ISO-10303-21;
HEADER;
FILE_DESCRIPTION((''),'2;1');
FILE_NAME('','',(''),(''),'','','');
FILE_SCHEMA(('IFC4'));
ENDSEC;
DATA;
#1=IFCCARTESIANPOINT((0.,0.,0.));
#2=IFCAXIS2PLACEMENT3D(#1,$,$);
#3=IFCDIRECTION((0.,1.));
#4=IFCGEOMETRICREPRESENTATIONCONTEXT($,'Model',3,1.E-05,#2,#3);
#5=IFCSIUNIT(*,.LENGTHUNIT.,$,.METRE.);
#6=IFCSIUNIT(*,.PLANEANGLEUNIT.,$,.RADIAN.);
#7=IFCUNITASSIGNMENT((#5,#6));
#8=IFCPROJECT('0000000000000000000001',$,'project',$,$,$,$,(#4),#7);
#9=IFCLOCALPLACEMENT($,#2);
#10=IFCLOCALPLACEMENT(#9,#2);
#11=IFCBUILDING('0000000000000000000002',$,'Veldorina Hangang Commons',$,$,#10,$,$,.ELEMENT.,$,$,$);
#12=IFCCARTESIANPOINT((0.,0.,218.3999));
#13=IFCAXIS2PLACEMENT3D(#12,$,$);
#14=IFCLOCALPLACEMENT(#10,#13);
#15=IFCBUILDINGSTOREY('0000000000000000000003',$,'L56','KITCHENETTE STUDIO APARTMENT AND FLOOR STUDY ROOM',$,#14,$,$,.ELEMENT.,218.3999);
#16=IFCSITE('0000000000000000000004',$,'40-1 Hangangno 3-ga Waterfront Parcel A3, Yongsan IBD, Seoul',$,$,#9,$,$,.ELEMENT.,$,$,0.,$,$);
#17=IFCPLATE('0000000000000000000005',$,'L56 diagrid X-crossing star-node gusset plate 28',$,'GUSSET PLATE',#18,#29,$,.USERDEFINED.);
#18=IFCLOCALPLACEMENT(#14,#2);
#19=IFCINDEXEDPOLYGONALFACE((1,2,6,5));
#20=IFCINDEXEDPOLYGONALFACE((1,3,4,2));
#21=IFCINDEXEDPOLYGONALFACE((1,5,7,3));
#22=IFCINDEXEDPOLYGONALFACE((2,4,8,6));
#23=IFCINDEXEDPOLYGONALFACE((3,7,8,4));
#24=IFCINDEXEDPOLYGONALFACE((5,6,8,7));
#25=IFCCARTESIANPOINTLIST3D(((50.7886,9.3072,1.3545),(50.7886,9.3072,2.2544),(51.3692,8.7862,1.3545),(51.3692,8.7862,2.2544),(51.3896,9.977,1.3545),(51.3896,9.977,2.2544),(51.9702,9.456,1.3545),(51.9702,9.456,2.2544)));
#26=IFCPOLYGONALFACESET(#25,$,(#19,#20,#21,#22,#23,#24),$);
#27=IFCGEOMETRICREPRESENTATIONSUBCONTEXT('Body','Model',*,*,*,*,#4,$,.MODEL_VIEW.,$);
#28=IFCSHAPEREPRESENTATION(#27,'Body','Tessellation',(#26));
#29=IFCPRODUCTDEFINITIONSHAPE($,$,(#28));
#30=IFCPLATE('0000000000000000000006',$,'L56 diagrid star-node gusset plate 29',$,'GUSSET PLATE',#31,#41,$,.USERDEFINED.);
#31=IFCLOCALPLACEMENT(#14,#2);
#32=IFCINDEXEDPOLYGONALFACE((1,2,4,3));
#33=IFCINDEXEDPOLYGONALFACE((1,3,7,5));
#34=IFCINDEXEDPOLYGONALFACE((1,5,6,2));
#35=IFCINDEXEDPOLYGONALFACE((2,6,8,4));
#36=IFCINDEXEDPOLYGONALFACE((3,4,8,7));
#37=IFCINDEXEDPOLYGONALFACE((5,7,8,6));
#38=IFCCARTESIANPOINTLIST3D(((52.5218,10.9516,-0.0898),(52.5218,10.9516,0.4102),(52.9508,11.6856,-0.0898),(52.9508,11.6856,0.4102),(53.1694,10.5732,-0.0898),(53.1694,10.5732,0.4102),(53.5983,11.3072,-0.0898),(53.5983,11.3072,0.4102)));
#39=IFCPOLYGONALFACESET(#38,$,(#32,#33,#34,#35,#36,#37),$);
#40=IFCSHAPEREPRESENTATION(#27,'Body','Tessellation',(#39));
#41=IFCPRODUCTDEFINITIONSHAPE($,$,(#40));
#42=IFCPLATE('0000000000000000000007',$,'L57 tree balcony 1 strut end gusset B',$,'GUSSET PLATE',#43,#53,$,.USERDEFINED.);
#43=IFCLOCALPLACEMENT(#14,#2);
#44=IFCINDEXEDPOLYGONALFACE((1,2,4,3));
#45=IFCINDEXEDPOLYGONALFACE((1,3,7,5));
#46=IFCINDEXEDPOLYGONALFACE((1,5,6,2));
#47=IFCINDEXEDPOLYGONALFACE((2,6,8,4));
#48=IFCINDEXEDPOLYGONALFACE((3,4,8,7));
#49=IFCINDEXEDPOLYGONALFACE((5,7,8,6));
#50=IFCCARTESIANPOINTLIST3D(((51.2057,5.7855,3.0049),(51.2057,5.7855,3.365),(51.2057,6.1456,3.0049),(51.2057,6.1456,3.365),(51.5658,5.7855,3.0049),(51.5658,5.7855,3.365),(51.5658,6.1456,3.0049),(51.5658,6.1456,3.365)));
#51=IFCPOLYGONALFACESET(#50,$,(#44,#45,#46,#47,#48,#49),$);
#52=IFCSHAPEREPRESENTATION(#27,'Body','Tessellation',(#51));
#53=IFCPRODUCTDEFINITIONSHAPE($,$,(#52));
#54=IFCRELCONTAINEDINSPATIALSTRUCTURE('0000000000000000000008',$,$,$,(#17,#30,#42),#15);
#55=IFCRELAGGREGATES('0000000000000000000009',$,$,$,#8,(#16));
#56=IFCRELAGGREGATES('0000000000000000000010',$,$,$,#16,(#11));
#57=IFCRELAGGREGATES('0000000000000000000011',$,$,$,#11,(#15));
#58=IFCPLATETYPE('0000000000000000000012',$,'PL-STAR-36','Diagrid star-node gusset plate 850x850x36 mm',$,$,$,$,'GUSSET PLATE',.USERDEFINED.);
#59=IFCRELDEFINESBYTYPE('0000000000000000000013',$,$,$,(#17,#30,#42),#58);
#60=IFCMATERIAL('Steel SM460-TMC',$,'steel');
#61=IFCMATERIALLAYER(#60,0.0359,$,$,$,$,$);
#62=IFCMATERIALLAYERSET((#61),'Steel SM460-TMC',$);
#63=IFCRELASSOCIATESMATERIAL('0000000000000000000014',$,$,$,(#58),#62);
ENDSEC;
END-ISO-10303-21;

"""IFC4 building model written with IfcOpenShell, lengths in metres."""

from ifc_helpers import new_model, si_unit, direction, frame, origin, origin_2d, place, context, subcontext, project, spatial, rectangle, extrude, material, layer, layer_set, type_object, element, save


model = new_model("IFC4")

# Units and contexts
model_context = context("Model", 3, precision=1e-05, world=origin(), true_north=direction((0.0, 1.0)))
body_context = subcontext(model_context, "Body", "Model", "MODEL_VIEW")
ifc_project = project(units=[si_unit("LENGTHUNIT", "METRE"), si_unit("PLANEANGLEUNIT", "RADIAN")], contexts=[model_context])

# Site, building, storey
site_placement = place(None, origin())
site = spatial("IfcSite", under=ifc_project, at=site_placement, Name="40-1 Hangangno 3-ga Waterfront Parcel A3, Yongsan IBD, Seoul", CompositionType="ELEMENT", RefElevation=0.0)
building_placement = place(site_placement, origin())
building = spatial("IfcBuilding", under=site, at=building_placement, Name="Veldorina Hangang Commons", CompositionType="ELEMENT")
storey_placement = place(building_placement, frame((0.0, 0.0, 218.3999)))
storey = spatial("IfcBuildingStorey", under=building, at=storey_placement, Name="L56", Description="KITCHENETTE STUDIO APARTMENT AND FLOOR STUDY ROOM", CompositionType="ELEMENT", Elevation=218.3999)

# Plates
ifc_material_1 = material(Name="Steel SM460-TMC", Category="steel")
ifc_layer_1 = layer(ifc_material_1, 0.0359)
ifc_layer_set_1 = layer_set([ifc_layer_1], Name="Steel SM460-TMC")
plate_type_1 = type_object("IfcPlateType", Name="PL-STAR-36", Description="Diagrid star-node gusset plate 850x850x36 mm", ElementType="GUSSET PLATE", PredefinedType="USERDEFINED", material=ifc_layer_set_1)
plate_1_placement = place(storey_placement, frame((51.3794, 9.3816, 1.3545), z_axis=(0.0, 0.0, 1.0), x_axis=(0.667833, 0.744312, 0.0)))
element("IfcPlate", 1, at=plate_1_placement, inside=storey, type_object=plate_type_1, Name="L56 diagrid X-crossing star-node gusset plate 28", ObjectType="GUSSET PLATE", PredefinedType="USERDEFINED", context=body_context, shape_type="SweptSolid", body=[
    extrude(rectangle(XDim=0.8999, YDim=0.78, at=origin_2d()), origin(), (0.0, 0.0, 1.0), 0.8999),
])
plate_2_placement = place(storey_placement, frame((53.0601, 11.1294, -0.0898), z_axis=(0.0, 0.0, 1.0), x_axis=(0.504573, 0.863369, 0.0)))
element("IfcPlate", 2, at=plate_2_placement, inside=storey, type_object=plate_type_1, Name="L56 diagrid star-node gusset plate 29", ObjectType="GUSSET PLATE", PredefinedType="USERDEFINED", context=body_context, shape_type="SweptSolid", body=[
    extrude(rectangle(XDim=0.8501, YDim=0.75, at=origin_2d()), origin(), (0.0, 0.0, 1.0), 0.5),
])
plate_3_placement = place(storey_placement, frame((51.3857, 5.9656, 3.0049), z_axis=(0.0, 0.0, 1.0), x_axis=(1.0, 0.0, 0.0)))
element("IfcPlate", 3, at=plate_3_placement, inside=storey, type_object=plate_type_1, Name="L57 tree balcony 1 strut end gusset B", ObjectType="GUSSET PLATE", PredefinedType="USERDEFINED", context=body_context, shape_type="SweptSolid", body=[
    extrude(rectangle(XDim=0.3601, YDim=0.3601, at=origin_2d()), origin(), (0.0, 0.0, 1.0), 0.3601),
])

save(model, "model.ifc")
